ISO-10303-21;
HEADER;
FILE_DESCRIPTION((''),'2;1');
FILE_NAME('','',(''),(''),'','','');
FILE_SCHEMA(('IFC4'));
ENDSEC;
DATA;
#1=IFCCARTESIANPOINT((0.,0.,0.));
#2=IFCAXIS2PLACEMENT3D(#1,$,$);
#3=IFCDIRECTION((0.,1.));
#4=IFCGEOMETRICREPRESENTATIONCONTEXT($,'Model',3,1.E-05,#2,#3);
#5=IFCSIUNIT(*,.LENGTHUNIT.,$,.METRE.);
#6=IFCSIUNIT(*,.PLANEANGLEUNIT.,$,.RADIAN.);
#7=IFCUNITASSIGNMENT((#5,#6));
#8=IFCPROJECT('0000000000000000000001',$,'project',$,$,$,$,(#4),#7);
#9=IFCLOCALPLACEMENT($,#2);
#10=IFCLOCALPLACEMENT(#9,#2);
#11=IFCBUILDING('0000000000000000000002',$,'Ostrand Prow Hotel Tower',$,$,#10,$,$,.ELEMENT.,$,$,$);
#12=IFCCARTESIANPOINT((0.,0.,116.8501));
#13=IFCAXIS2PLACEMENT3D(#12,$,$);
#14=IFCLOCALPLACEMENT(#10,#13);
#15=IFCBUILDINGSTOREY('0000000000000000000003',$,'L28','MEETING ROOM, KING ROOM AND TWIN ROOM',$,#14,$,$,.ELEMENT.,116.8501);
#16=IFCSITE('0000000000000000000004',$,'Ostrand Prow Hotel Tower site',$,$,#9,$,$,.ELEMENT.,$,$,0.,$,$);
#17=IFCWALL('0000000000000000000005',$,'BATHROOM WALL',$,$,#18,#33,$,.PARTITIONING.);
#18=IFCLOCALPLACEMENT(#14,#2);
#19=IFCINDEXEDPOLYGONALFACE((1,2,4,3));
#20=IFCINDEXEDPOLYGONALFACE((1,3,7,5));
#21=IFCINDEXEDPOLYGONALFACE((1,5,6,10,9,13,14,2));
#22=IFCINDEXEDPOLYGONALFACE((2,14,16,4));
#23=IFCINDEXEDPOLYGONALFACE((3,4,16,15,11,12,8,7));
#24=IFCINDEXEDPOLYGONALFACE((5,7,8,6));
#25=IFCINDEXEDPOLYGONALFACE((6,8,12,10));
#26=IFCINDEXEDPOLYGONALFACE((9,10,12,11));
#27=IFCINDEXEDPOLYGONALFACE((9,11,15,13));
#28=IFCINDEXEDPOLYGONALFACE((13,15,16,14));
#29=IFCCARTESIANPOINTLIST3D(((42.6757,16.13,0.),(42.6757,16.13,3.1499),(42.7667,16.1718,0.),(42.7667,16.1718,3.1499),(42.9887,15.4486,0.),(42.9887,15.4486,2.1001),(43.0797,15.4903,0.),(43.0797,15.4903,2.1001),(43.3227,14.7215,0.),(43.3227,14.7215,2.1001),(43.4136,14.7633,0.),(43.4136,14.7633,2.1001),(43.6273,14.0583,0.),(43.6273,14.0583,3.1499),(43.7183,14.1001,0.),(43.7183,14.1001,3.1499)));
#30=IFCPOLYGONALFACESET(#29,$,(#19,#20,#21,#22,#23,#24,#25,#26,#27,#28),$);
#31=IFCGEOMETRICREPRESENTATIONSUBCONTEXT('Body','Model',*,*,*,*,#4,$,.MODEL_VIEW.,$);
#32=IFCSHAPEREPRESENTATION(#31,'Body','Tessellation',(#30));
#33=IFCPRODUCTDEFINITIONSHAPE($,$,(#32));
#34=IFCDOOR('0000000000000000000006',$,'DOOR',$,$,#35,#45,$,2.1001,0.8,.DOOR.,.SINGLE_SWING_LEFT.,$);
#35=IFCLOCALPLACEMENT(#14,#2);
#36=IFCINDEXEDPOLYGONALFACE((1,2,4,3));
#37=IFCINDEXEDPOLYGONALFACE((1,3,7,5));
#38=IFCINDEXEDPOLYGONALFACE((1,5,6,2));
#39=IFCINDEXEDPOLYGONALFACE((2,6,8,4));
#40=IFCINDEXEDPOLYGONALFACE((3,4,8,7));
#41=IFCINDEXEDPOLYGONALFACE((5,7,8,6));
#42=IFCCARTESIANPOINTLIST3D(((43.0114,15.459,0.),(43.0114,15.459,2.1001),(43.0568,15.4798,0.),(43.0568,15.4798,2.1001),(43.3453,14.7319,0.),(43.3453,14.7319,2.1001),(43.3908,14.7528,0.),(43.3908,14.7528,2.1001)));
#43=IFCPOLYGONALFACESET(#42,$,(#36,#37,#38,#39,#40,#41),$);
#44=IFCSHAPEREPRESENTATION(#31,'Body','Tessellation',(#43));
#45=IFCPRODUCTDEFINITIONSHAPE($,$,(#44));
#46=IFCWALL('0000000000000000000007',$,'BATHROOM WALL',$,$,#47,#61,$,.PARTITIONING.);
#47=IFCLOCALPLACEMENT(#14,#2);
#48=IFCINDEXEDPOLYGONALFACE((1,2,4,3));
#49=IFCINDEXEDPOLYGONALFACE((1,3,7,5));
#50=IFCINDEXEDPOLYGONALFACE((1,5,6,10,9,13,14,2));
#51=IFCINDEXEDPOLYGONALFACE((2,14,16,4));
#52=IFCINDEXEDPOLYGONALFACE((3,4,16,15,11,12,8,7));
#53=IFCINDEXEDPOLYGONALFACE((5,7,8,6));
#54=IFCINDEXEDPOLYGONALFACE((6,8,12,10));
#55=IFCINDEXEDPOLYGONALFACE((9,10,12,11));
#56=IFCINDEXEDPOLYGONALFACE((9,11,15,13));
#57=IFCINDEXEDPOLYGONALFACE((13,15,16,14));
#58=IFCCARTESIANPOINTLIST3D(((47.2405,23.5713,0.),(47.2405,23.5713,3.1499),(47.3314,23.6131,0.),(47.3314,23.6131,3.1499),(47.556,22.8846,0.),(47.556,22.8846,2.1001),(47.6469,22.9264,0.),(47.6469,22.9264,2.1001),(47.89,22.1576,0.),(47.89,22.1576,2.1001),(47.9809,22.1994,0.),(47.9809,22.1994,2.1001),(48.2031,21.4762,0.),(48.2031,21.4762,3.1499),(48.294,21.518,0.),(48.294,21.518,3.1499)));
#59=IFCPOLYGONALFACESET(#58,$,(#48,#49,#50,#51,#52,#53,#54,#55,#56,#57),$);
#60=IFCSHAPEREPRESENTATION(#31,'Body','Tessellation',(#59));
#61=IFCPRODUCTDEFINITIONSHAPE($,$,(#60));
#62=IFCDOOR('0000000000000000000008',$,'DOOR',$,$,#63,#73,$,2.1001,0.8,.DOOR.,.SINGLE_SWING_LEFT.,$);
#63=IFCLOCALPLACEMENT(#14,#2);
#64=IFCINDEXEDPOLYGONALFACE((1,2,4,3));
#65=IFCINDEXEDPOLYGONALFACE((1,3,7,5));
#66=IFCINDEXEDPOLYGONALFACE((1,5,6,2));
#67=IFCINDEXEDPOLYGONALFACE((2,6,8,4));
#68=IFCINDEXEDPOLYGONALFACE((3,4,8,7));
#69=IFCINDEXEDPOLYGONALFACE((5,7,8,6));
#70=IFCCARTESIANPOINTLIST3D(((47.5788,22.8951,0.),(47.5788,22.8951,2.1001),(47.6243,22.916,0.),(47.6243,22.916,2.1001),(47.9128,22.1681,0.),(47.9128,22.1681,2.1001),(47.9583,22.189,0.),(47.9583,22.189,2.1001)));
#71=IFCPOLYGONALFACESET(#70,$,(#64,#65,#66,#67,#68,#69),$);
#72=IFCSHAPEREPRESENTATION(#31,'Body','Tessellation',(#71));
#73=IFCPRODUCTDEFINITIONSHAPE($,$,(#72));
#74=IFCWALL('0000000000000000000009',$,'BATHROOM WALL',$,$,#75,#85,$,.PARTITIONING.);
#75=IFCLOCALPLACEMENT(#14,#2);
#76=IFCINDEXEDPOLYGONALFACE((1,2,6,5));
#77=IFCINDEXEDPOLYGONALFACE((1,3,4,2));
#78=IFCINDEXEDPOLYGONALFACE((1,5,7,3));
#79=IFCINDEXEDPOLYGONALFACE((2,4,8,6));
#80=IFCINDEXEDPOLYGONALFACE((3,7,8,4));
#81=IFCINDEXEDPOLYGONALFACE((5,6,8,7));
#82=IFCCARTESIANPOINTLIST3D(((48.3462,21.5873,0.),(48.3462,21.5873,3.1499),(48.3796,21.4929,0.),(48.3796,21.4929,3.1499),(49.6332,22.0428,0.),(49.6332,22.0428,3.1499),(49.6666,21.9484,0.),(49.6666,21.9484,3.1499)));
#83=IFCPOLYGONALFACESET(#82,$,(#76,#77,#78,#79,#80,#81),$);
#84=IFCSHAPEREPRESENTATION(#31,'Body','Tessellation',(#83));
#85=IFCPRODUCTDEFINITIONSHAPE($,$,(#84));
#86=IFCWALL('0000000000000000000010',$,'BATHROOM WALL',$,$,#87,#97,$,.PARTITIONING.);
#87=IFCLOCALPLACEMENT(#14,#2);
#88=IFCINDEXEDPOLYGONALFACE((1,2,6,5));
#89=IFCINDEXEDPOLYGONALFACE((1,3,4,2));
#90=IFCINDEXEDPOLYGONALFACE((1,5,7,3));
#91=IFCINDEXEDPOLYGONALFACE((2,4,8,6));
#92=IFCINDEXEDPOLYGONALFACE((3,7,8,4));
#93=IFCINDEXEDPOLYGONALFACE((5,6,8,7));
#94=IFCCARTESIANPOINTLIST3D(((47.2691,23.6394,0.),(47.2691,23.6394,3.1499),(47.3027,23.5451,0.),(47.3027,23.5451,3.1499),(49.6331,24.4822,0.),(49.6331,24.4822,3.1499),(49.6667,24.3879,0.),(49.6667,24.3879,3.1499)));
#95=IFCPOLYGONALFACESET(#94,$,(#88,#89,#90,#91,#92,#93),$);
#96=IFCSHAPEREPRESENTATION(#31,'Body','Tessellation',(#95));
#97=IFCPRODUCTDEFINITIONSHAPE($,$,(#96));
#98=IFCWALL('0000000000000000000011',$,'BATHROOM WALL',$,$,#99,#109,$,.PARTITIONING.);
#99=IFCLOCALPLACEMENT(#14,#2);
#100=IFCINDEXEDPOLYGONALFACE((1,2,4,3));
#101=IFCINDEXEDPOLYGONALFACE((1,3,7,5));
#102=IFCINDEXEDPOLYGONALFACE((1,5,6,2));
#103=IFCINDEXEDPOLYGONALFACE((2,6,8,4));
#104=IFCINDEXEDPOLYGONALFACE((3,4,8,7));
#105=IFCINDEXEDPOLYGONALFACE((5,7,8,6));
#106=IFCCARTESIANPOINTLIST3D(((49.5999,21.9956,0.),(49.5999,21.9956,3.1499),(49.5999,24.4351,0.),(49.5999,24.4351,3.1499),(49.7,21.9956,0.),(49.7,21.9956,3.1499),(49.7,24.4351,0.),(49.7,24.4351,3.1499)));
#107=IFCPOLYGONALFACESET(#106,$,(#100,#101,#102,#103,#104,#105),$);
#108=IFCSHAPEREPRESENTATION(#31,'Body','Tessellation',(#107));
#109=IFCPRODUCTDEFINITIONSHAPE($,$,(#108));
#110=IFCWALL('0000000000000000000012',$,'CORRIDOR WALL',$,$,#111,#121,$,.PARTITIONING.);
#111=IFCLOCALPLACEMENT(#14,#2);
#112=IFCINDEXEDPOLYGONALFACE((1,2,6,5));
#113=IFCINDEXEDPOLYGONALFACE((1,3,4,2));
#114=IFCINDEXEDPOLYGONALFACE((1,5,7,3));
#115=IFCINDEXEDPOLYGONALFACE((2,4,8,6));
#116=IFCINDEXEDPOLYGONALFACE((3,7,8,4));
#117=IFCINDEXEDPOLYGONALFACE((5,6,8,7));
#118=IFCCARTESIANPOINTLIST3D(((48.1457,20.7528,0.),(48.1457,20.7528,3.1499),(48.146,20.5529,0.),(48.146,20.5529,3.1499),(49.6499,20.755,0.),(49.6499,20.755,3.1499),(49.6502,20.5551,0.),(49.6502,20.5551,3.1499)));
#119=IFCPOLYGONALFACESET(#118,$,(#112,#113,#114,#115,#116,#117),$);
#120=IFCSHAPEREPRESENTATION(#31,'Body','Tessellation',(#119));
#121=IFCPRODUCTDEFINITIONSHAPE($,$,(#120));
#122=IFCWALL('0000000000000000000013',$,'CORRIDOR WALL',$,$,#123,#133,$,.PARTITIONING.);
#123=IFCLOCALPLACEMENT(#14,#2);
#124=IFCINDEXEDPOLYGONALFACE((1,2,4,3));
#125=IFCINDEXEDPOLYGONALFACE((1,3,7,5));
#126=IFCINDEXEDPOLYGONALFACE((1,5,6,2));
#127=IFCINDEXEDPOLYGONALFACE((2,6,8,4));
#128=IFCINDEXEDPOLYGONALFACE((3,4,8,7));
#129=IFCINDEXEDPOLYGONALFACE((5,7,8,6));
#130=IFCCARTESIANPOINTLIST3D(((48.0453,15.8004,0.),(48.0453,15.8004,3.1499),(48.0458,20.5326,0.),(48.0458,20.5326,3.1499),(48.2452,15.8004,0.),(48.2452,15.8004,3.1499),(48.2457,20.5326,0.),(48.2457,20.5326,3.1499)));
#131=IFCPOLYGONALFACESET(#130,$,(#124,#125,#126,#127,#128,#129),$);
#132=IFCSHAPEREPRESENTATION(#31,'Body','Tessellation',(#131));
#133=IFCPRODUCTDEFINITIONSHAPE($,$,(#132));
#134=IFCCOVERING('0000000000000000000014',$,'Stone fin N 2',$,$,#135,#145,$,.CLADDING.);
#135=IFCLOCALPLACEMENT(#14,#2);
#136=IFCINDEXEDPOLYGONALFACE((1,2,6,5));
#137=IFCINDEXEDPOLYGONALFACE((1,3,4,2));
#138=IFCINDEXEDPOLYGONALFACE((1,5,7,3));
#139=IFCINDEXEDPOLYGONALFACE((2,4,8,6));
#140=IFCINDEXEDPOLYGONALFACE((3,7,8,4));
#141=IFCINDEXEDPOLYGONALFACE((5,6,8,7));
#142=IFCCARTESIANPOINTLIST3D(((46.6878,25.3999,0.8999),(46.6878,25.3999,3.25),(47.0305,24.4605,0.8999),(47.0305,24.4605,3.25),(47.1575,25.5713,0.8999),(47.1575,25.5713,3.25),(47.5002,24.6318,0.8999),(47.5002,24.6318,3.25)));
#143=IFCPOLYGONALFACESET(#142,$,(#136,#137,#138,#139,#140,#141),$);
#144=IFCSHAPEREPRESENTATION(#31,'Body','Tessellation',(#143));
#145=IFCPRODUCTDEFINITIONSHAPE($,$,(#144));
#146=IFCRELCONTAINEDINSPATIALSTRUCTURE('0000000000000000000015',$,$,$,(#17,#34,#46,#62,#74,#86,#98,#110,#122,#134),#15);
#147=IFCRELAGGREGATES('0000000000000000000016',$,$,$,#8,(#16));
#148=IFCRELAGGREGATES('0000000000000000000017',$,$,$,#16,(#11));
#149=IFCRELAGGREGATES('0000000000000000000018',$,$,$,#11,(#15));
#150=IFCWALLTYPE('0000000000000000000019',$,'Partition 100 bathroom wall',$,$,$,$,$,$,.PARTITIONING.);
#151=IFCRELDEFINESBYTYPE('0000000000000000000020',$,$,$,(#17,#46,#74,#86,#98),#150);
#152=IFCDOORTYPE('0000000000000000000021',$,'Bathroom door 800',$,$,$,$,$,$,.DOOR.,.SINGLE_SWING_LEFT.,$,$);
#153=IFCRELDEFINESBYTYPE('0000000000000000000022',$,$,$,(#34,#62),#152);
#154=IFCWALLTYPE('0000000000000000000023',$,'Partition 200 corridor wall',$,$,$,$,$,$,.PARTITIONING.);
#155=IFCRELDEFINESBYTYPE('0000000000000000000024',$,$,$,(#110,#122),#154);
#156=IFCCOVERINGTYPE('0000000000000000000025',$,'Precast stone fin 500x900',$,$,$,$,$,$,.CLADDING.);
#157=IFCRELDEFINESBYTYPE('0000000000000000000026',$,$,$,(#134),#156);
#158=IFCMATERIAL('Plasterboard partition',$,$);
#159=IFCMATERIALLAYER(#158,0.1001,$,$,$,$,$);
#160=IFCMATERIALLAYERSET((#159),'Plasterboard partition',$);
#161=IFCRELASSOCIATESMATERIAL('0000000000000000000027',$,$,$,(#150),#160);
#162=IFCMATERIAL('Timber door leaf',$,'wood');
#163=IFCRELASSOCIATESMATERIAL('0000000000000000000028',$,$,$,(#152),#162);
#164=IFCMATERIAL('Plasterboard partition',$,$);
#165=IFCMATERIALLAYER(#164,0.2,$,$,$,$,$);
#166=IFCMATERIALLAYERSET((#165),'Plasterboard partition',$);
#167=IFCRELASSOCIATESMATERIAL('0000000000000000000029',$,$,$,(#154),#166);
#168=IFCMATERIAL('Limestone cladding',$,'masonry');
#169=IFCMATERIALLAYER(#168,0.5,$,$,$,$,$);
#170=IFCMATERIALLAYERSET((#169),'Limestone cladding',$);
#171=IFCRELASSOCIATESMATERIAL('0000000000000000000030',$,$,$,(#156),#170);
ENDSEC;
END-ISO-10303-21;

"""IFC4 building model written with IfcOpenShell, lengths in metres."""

from ifc_helpers import new_model, si_unit, direction, frame, frame_2d, origin, place, context, subcontext, project, spatial, rectangle, extrude, material, layer, layer_set, type_object, element, fill, save


model = new_model("IFC4")

# Units and contexts
model_context = context("Model", 3, precision=1e-05, world=origin(), true_north=direction((0.0, 1.0)))
body_context = subcontext(model_context, "Body", "Model", "MODEL_VIEW")
ifc_project = project(units=[si_unit("LENGTHUNIT", "METRE"), si_unit("PLANEANGLEUNIT", "RADIAN")], contexts=[model_context])

# Site, building, storey
site_placement = place(None, origin())
site = spatial("IfcSite", under=ifc_project, at=site_placement, Name="Ostrand Prow Hotel Tower site", CompositionType="ELEMENT", RefElevation=0.0)
building_placement = place(site_placement, origin())
building = spatial("IfcBuilding", under=site, at=building_placement, Name="Ostrand Prow Hotel Tower", CompositionType="ELEMENT")
storey_placement = place(building_placement, frame((0.0, 0.0, 116.8501)))
storey = spatial("IfcBuildingStorey", under=building, at=storey_placement, Name="L28", Description="MEETING ROOM, KING ROOM AND TWIN ROOM", CompositionType="ELEMENT", Elevation=116.8501)

# Walls, openings, doors
ifc_material_1 = material(Name="Plasterboard partition")
ifc_layer_1 = layer(ifc_material_1, 0.1001)
ifc_layer_set_1 = layer_set([ifc_layer_1], Name="Plasterboard partition")
wall_type_1 = type_object("IfcWallType", Name="Partition 100 bathroom wall", PredefinedType="PARTITIONING", material=ifc_layer_set_1)
wall_1_placement = place(storey_placement, frame((42.7212, 16.1509, 0.0), z_axis=(0.0, 0.0, 1.0), x_axis=(0.417414, -0.908716, 0.0)))
wall_1 = element("IfcWall", 1, at=wall_1_placement, inside=storey, type_object=wall_type_1, Name="BATHROOM WALL", PredefinedType="PARTITIONING", context=body_context, shape_type="SweptSolid", body=[
    extrude(rectangle(XDim=2.2798, YDim=0.1001, at=frame_2d((1.1399, 0.0))), origin(), (0.0, 0.0, 1.0), 3.1499),
])
opening_1_placement = place(wall_1_placement, frame((0.75, 0.0, 0.0)))
opening_1 = element("IfcOpeningElement", 2, at=opening_1_placement, cuts=wall_1, PredefinedType="OPENING", context=body_context, shape_type="SweptSolid", body=[
    extrude(rectangle(XDim=0.8, YDim=2.1001, at=frame_2d((0.3999, 1.05))), frame((0.0, 0.0601, 0.0), z_axis=(0.0, -1.0, 0.0), x_axis=(1.0, 0.0, 0.0)), (0.0, 0.0, 1.0), 0.1201),
])
ifc_material_2 = material(Name="Timber door leaf", Category="wood")
door_type = type_object("IfcDoorType", Name="Bathroom door 800", OperationType="SINGLE_SWING_LEFT", PredefinedType="DOOR", material=ifc_material_2)
door_1_placement = place(opening_1_placement, origin())
door_1 = element("IfcDoor", 3, at=door_1_placement, inside=storey, type_object=door_type, Name="DOOR", OperationType="SINGLE_SWING_LEFT", OverallHeight=2.1001, OverallWidth=0.8, PredefinedType="DOOR", context=body_context, shape_type="SweptSolid", body=[
    extrude(rectangle(XDim=0.8, YDim=2.1001, at=frame_2d((0.3999, 1.05))), frame((0.0, 0.0249, 0.0), z_axis=(0.0, -1.0, 0.0), x_axis=(1.0, 0.0, 0.0)), (0.0, 0.0, 1.0), 0.05),
])
fill(opening_1, door_1)
wall_2_placement = place(storey_placement, frame((48.2485, 21.4971, 0.0), z_axis=(0.0, 0.0, 1.0), x_axis=(-0.417493, 0.90868, 0.0)))
wall_2 = element("IfcWall", 4, at=wall_2_placement, inside=storey, type_object=wall_type_1, Name="BATHROOM WALL", PredefinedType="PARTITIONING", context=body_context, shape_type="SweptSolid", body=[
    extrude(rectangle(XDim=2.3057, YDim=0.1001, at=frame_2d((1.1528, 0.0))), origin(), (0.0, 0.0, 1.0), 3.1499),
])
opening_2_placement = place(wall_2_placement, frame((0.75, 0.0, 0.0)))
opening_2 = element("IfcOpeningElement", 5, at=opening_2_placement, cuts=wall_2, PredefinedType="OPENING", context=body_context, shape_type="SweptSolid", body=[
    extrude(rectangle(XDim=0.8, YDim=2.1001, at=frame_2d((0.3999, 1.05))), frame((0.0, 0.0601, 0.0), z_axis=(0.0, -1.0, 0.0), x_axis=(1.0, 0.0, 0.0)), (0.0, 0.0, 1.0), 0.1201),
])
door_2_placement = place(opening_2_placement, origin())
door_2 = element("IfcDoor", 6, at=door_2_placement, inside=storey, type_object=door_type, Name="DOOR", OperationType="SINGLE_SWING_LEFT", OverallHeight=2.1001, OverallWidth=0.8, PredefinedType="DOOR", context=body_context, shape_type="SweptSolid", body=[
    extrude(rectangle(XDim=0.8, YDim=2.1001, at=frame_2d((0.3999, 1.05))), frame((0.0, 0.0249, 0.0), z_axis=(0.0, -1.0, 0.0), x_axis=(1.0, 0.0, 0.0)), (0.0, 0.0, 1.0), 0.05),
])
fill(opening_2, door_2)

# Walls
wall_3_placement = place(storey_placement, frame((49.6499, 21.9956, 0.0), z_axis=(0.0, 0.0, 1.0), x_axis=(-0.942693, -0.333662, 0.0)))
element("IfcWall", 7, at=wall_3_placement, inside=storey, type_object=wall_type_1, Name="BATHROOM WALL", PredefinedType="PARTITIONING", context=body_context, shape_type="SweptSolid", body=[
    extrude(rectangle(XDim=1.3652, YDim=0.1001, at=frame_2d((0.6826, 0.0))), origin(), (0.0, 0.0, 1.0), 3.1499),
])
wall_4_placement = place(storey_placement, frame((47.2859, 23.5923, 0.0), z_axis=(0.0, 0.0, 1.0), x_axis=(0.941933, 0.3358, 0.0)))
element("IfcWall", 8, at=wall_4_placement, inside=storey, type_object=wall_type_1, Name="BATHROOM WALL", PredefinedType="PARTITIONING", context=body_context, shape_type="SweptSolid", body=[
    extrude(rectangle(XDim=2.5098, YDim=0.1001, at=frame_2d((1.2549, 0.0))), origin(), (0.0, 0.0, 1.0), 3.1499),
])
wall_5_placement = place(storey_placement, frame((49.6499, 24.4351, 0.0), z_axis=(0.0, 0.0, 1.0), x_axis=(0.0, -1.0, 0.0)))
element("IfcWall", 9, at=wall_5_placement, inside=storey, type_object=wall_type_1, Name="BATHROOM WALL", PredefinedType="PARTITIONING", context=body_context, shape_type="SweptSolid", body=[
    extrude(rectangle(XDim=2.4395, YDim=0.1001, at=frame_2d((1.2197, 0.0))), origin(), (0.0, 0.0, 1.0), 3.1499),
])
ifc_material_3 = material(Name="Plasterboard partition")
ifc_layer_2 = layer(ifc_material_3, 0.2)
ifc_layer_set_2 = layer_set([ifc_layer_2], Name="Plasterboard partition")
wall_type_2 = type_object("IfcWallType", Name="Partition 200 corridor wall", PredefinedType="PARTITIONING", material=ifc_layer_set_2)
wall_6_placement = place(storey_placement, frame((49.6499, 20.655, 0.0), z_axis=(0.0, 0.0, 1.0), x_axis=(-0.999999, -0.001461, 0.0)))
element("IfcWall", 10, at=wall_6_placement, inside=storey, type_object=wall_type_2, Name="CORRIDOR WALL", PredefinedType="PARTITIONING", context=body_context, shape_type="SweptSolid", body=[
    extrude(rectangle(XDim=1.5042, YDim=0.2, at=frame_2d((0.752, 0.0))), origin(), (0.0, 0.0, 1.0), 3.1499),
])
wall_7_placement = place(storey_placement, frame((48.1458, 20.5327, 0.0), z_axis=(0.0, 0.0, 1.0), x_axis=(-0.000103, -1.0, 0.0)))
element("IfcWall", 11, at=wall_7_placement, inside=storey, type_object=wall_type_2, Name="CORRIDOR WALL", PredefinedType="PARTITIONING", context=body_context, shape_type="SweptSolid", body=[
    extrude(rectangle(XDim=4.7322, YDim=0.2, at=frame_2d((2.3662, 0.0))), origin(), (0.0, 0.0, 1.0), 3.1499),
])

# Covering
ifc_material_4 = material(Name="Limestone cladding", Category="masonry")
ifc_layer_3 = layer(ifc_material_4, 0.5)
ifc_layer_set_3 = layer_set([ifc_layer_3], Name="Limestone cladding")
covering_type = type_object("IfcCoveringType", Name="Precast stone fin 500x900", PredefinedType="CLADDING", material=ifc_layer_set_3)
covering_placement = place(storey_placement, frame((47.2654, 24.5461, 0.8999), z_axis=(0.0, 0.0, 1.0), x_axis=(-0.342762, 0.939422, 0.0)))
element("IfcCovering", 12, at=covering_placement, inside=storey, type_object=covering_type, Name="Stone fin N 2", PredefinedType="CLADDING", context=body_context, shape_type="SweptSolid", body=[
    extrude(rectangle(XDim=1.0, YDim=0.5, at=frame_2d((0.5, 0.0))), origin(), (0.0, 0.0, 1.0), 2.3501),
])

save(model, "model.ifc")
